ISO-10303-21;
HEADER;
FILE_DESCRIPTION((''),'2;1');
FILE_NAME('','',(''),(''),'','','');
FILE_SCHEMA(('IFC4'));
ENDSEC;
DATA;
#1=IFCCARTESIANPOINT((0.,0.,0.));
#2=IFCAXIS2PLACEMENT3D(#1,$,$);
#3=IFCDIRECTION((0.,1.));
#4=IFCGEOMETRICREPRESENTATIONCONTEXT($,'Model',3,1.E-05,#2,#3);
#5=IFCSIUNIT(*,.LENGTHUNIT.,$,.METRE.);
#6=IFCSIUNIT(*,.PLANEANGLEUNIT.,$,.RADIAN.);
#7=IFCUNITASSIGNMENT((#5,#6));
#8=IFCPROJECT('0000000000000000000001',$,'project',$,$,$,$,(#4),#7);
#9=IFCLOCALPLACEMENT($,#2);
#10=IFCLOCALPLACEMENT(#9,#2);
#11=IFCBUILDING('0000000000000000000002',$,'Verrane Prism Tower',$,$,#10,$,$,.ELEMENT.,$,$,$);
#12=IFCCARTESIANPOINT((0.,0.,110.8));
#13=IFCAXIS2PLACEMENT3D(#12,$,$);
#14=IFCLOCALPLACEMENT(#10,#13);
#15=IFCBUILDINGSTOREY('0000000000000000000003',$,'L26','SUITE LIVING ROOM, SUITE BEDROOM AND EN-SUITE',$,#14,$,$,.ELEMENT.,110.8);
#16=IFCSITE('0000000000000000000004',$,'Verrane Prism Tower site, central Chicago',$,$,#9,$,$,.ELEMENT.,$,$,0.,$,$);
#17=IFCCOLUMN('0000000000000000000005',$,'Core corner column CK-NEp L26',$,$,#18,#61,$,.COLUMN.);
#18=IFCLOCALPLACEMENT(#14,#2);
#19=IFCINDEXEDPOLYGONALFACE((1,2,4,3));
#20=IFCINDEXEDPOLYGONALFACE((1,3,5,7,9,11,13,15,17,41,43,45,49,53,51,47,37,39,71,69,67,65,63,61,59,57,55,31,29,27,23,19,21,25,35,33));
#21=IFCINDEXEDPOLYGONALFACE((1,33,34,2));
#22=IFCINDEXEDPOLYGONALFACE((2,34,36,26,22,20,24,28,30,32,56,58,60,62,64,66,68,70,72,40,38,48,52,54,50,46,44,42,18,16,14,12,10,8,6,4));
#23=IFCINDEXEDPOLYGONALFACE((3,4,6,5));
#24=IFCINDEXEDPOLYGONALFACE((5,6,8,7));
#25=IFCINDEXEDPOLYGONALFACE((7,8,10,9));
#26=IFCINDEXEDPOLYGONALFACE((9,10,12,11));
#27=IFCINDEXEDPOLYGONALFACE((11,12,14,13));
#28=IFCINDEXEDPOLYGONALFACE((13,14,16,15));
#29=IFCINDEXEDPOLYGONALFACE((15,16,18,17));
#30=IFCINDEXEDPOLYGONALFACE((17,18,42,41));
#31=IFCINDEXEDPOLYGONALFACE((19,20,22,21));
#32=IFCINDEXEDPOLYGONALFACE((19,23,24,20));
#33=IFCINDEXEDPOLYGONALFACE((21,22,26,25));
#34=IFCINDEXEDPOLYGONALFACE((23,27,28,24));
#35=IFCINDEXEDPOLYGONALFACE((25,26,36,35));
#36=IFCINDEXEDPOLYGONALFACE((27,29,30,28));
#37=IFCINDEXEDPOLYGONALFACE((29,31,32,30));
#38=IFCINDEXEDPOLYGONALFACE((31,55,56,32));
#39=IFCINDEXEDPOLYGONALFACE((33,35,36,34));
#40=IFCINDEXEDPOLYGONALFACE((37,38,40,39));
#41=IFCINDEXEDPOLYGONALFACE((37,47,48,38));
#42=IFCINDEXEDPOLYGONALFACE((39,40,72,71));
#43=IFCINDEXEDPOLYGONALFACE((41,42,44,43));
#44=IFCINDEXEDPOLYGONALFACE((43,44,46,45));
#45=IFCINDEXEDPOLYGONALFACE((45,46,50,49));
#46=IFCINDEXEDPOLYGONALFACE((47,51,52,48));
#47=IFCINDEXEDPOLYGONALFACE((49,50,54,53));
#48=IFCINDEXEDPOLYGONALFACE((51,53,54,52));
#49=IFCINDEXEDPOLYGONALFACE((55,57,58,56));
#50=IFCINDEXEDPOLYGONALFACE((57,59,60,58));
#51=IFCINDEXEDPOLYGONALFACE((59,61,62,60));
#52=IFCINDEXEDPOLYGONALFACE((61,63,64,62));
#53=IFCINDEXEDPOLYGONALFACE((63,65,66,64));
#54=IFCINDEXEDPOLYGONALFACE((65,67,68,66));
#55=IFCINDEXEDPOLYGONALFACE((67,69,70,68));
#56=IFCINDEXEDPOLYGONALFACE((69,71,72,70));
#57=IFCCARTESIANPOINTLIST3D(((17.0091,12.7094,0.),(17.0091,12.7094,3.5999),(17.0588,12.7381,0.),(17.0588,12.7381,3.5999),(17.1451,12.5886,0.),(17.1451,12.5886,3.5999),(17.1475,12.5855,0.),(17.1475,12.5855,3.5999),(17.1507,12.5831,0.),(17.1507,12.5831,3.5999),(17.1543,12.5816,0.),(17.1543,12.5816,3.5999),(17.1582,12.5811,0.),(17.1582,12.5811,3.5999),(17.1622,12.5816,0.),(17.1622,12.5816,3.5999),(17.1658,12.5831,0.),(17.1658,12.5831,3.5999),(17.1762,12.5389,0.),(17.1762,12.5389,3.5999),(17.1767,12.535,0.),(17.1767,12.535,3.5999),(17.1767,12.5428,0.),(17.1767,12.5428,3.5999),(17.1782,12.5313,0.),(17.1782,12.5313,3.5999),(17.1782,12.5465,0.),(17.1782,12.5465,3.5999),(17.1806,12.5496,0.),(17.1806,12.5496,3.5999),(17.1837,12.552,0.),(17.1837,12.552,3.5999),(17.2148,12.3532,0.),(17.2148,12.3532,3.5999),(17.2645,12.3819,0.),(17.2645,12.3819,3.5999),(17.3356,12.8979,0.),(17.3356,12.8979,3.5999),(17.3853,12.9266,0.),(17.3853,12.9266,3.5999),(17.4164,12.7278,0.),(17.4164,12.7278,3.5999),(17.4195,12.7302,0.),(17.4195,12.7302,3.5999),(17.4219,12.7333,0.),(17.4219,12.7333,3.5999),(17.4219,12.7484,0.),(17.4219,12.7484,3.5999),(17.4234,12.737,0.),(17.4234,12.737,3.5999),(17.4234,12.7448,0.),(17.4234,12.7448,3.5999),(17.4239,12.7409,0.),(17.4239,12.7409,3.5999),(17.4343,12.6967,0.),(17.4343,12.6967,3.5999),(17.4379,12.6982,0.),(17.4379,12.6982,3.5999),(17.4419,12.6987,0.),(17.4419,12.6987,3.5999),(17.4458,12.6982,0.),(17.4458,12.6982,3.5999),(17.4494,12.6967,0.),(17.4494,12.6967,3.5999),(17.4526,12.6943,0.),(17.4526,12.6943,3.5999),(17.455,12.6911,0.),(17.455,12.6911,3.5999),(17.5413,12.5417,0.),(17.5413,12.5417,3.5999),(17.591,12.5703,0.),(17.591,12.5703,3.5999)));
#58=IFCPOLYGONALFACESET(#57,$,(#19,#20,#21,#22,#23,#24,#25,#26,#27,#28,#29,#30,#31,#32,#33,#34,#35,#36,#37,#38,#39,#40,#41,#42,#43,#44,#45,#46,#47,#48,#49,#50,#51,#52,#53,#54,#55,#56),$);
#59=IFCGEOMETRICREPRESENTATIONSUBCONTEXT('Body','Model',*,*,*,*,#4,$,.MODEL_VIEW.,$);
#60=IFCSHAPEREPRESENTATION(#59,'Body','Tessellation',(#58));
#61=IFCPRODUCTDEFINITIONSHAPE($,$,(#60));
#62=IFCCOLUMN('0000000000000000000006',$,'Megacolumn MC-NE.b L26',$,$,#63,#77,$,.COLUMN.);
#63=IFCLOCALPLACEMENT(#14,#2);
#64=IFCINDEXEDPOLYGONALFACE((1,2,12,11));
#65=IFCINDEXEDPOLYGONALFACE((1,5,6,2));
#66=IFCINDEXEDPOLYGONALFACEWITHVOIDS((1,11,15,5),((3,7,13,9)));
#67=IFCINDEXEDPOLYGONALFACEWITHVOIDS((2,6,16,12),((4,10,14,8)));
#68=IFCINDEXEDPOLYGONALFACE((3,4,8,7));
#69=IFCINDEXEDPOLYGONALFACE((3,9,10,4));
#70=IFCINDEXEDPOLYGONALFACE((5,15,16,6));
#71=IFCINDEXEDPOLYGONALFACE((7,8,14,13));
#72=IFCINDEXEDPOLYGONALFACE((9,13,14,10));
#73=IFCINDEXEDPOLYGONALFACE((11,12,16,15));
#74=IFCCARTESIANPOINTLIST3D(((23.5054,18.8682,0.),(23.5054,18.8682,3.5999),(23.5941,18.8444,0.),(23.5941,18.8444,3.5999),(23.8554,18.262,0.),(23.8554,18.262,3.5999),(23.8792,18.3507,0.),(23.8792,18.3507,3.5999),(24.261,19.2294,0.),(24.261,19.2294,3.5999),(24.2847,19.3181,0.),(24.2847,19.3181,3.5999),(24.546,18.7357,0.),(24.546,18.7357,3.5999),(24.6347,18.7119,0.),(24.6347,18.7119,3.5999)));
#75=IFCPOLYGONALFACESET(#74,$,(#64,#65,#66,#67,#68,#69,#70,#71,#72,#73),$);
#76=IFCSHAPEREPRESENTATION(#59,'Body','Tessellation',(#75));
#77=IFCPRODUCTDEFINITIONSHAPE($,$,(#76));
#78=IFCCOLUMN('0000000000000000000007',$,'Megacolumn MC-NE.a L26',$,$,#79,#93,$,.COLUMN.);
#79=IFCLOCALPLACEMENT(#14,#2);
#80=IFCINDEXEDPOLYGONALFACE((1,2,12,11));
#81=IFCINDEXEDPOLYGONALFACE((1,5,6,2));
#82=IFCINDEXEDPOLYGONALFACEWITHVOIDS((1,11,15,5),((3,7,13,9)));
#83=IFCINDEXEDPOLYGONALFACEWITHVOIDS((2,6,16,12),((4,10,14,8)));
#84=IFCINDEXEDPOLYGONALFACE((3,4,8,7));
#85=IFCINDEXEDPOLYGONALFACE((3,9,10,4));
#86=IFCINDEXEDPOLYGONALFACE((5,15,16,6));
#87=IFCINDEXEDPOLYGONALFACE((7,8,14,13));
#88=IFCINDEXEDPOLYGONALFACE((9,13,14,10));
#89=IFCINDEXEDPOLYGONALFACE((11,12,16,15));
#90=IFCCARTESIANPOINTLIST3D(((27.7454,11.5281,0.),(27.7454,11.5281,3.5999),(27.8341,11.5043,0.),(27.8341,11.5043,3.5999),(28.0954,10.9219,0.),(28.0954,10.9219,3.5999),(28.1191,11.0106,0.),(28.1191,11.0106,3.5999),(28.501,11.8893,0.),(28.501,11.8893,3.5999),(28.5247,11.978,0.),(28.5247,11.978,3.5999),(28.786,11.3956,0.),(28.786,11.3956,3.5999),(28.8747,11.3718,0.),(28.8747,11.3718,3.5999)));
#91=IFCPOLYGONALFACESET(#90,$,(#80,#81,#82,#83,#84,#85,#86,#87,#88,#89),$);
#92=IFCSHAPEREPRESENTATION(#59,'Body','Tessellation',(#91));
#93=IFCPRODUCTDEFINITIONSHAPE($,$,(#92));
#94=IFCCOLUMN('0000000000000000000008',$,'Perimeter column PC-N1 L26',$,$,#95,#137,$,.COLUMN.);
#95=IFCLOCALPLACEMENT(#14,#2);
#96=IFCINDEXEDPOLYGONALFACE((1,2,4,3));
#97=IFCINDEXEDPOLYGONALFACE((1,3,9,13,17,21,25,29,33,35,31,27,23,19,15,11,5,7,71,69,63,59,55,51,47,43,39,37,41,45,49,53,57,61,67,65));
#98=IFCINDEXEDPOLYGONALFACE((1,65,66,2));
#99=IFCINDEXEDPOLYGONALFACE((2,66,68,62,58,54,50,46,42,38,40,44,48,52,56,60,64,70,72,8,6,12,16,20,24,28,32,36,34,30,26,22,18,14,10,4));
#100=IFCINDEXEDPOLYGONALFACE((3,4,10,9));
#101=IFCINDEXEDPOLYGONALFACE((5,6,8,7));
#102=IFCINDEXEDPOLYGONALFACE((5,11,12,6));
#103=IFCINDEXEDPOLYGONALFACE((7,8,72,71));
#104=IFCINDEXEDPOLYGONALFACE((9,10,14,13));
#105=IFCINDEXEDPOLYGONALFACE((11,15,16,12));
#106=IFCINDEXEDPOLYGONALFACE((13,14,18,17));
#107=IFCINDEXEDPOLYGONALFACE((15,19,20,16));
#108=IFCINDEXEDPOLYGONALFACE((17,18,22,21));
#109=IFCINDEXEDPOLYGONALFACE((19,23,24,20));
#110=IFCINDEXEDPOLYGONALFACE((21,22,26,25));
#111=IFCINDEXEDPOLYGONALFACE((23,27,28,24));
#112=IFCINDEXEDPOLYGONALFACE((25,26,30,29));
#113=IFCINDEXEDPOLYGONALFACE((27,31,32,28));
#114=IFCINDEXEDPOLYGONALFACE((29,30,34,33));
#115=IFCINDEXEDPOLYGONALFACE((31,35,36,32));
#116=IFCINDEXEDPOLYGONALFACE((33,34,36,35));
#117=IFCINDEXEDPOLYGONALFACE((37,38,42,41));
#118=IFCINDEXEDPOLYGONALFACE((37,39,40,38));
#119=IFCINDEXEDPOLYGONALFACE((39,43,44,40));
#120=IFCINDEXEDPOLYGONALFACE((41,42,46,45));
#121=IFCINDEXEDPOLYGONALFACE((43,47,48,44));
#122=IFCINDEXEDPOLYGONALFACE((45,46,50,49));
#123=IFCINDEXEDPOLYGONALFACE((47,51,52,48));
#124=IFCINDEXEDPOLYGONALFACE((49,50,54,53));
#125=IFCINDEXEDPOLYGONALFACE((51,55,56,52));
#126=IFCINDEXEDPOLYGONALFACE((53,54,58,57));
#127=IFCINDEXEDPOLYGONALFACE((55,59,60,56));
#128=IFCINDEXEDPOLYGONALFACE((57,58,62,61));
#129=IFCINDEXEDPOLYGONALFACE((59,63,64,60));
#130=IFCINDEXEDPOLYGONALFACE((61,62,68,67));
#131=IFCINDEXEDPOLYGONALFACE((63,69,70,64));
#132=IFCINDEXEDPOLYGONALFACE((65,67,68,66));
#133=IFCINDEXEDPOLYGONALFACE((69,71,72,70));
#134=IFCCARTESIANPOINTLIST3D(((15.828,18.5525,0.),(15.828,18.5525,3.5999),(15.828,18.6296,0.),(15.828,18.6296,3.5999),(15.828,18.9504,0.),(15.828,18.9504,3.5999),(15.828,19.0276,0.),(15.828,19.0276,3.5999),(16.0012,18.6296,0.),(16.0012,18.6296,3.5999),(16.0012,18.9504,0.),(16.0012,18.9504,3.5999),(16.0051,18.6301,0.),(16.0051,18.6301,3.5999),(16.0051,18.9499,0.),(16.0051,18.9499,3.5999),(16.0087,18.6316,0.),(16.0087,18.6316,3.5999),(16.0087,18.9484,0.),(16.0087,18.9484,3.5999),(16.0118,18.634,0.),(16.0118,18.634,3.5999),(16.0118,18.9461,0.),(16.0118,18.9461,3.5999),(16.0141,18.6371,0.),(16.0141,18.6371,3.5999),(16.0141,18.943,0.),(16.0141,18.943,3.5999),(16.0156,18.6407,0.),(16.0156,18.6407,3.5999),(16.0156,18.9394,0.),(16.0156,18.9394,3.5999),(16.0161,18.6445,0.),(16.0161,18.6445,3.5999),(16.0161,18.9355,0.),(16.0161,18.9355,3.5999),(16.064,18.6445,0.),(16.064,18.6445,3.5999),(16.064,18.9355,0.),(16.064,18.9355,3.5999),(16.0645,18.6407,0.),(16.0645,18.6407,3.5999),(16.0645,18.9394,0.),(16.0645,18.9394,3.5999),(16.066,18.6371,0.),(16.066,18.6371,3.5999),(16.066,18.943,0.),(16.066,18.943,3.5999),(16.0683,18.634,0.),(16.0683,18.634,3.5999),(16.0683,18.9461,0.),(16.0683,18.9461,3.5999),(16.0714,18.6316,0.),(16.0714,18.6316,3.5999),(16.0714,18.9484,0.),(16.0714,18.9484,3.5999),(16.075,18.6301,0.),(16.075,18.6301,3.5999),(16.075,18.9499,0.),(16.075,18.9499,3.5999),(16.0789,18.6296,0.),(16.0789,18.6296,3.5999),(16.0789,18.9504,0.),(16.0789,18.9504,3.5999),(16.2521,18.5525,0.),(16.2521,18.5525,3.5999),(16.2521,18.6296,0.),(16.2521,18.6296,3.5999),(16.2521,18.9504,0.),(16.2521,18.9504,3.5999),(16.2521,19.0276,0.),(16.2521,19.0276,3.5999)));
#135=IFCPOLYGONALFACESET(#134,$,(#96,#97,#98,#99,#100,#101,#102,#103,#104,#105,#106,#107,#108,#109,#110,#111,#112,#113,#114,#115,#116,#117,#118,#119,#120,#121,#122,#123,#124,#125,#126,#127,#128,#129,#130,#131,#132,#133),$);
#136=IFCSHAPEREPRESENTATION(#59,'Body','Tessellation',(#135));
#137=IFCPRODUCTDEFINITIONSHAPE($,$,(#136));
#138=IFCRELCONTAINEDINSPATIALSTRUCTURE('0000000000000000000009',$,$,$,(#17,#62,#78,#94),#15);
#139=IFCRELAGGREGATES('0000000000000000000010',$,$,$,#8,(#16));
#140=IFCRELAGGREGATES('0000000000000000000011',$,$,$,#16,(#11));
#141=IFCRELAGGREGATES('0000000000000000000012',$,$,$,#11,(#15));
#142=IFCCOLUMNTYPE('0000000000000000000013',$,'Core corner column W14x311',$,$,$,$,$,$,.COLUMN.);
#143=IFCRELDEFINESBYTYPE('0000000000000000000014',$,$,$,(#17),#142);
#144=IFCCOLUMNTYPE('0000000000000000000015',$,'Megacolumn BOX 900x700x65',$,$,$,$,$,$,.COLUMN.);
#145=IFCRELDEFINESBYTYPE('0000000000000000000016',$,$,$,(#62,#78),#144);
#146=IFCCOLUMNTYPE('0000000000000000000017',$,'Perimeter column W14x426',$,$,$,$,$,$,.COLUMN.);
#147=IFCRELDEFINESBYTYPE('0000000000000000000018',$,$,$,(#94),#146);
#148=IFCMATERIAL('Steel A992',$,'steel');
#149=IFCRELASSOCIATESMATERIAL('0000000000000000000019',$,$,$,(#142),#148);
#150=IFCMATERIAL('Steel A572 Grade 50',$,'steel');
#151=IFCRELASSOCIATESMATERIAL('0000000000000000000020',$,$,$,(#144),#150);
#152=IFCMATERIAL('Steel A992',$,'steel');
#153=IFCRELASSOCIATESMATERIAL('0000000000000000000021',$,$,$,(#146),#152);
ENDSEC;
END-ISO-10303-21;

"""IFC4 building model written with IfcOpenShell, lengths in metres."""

from ifc_helpers import new_model, si_unit, direction, frame, origin, origin_2d, place, context, subcontext, project, spatial, hollow_rectangle, i_section, extrude, material, material_profile, profile_set, type_object, element, save


model = new_model("IFC4")

# Units and contexts
model_context = context("Model", 3, precision=1e-05, world=origin(), true_north=direction((0.0, 1.0)))
body_context = subcontext(model_context, "Body", "Model", "MODEL_VIEW")
ifc_project = project(units=[si_unit("LENGTHUNIT", "METRE"), si_unit("PLANEANGLEUNIT", "RADIAN")], contexts=[model_context])

# Site, building, storey
site_placement = place(None, origin())
site = spatial("IfcSite", under=ifc_project, at=site_placement, Name="Verrane Prism Tower site, central Chicago", CompositionType="ELEMENT", RefElevation=0.0)
building_placement = place(site_placement, origin())
building = spatial("IfcBuilding", under=site, at=building_placement, Name="Verrane Prism Tower", CompositionType="ELEMENT")
storey_placement = place(building_placement, frame((0.0, 0.0, 110.8)))
storey = spatial("IfcBuildingStorey", under=building, at=storey_placement, Name="L26", Description="SUITE LIVING ROOM, SUITE BEDROOM AND EN-SUITE", CompositionType="ELEMENT", Elevation=110.8)

# Columns
ifc_material_1 = material(Name="Steel A992", Category="steel")
ifc_material_profile_1 = material_profile(ifc_material_1, i_section(OverallWidth=0.4114, OverallDepth=0.4343, WebThickness=0.0359, FlangeThickness=0.0574, FilletRadius=0.0151, at=origin_2d()), Name="W14x311")
ifc_profile_set_1 = profile_set([ifc_material_profile_1], Name="Steel A992")
column_type_1 = type_object("IfcColumnType", Name="Core corner column W14x311", PredefinedType="COLUMN", material=ifc_profile_set_1)
column_1_placement = place(storey_placement, frame((17.3, 12.6399, 0.0), z_axis=(0.0, 0.0, 1.0), x_axis=(0.5, -0.866025, 0.0)))
element("IfcColumn", 1, at=column_1_placement, inside=storey, type_object=column_type_1, Name="Core corner column CK-NEp L26", PredefinedType="COLUMN", context=body_context, shape_type="SweptSolid", body=[
    extrude(i_section(OverallWidth=0.4114, OverallDepth=0.4343, WebThickness=0.0359, FlangeThickness=0.0574, FilletRadius=0.0151, at=origin_2d()), origin(), (0.0, 0.0, 1.0), 3.5999),
])
ifc_material_2 = material(Name="Steel A572 Grade 50", Category="steel")
ifc_material_profile_2 = material_profile(ifc_material_2, hollow_rectangle(XDim=0.7, YDim=0.8999, WallThickness=0.0649, at=origin_2d()), Name="BOX 900x700x65")
ifc_profile_set_2 = profile_set([ifc_material_profile_2], Name="Steel A572 Grade 50")
column_type_2 = type_object("IfcColumnType", Name="Megacolumn BOX 900x700x65", PredefinedType="COLUMN", material=ifc_profile_set_2)
for number, where, z_axis, x_axis, name in (
    (2, (24.0701, 18.79, 0.0), (0.0, 0.0, 1.0), (0.5, -0.866025, 0.0), "Megacolumn MC-NE.b L26"),
    (3, (28.3101, 11.45, 0.0), (0.0, 0.0, 1.0), (0.5, -0.866025, 0.0), "Megacolumn MC-NE.a L26"),
):
    element("IfcColumn", number, at=place(storey_placement, frame(where, z_axis=z_axis, x_axis=x_axis)), inside=storey, type_object=column_type_2, Name=name, PredefinedType="COLUMN", context=body_context, shape_type="SweptSolid", body=[
        extrude(hollow_rectangle(XDim=0.7, YDim=0.8999, WallThickness=0.0649, at=origin_2d()), origin(), (0.0, 0.0, 1.0), 3.5999),
    ])
ifc_material_3 = material(Name="Steel A992", Category="steel")
ifc_material_profile_3 = material_profile(ifc_material_3, i_section(OverallWidth=0.4241, OverallDepth=0.4751, WebThickness=0.0479, FlangeThickness=0.0771, FilletRadius=0.0149, at=origin_2d()), Name="W14x426")
ifc_profile_set_3 = profile_set([ifc_material_profile_3], Name="Steel A992")
column_type_3 = type_object("IfcColumnType", Name="Perimeter column W14x426", PredefinedType="COLUMN", material=ifc_profile_set_3)
column_2_placement = place(storey_placement, frame((16.04, 18.79, 0.0), z_axis=(0.0, 0.0, 1.0), x_axis=(1.0, 0.0, 0.0)))
element("IfcColumn", 4, at=column_2_placement, inside=storey, type_object=column_type_3, Name="Perimeter column PC-N1 L26", PredefinedType="COLUMN", context=body_context, shape_type="SweptSolid", body=[
    extrude(i_section(OverallWidth=0.4241, OverallDepth=0.4751, WebThickness=0.0479, FlangeThickness=0.0771, FilletRadius=0.0149, at=origin_2d()), origin(), (0.0, 0.0, 1.0), 3.5999),
])

save(model, "model.ifc")
